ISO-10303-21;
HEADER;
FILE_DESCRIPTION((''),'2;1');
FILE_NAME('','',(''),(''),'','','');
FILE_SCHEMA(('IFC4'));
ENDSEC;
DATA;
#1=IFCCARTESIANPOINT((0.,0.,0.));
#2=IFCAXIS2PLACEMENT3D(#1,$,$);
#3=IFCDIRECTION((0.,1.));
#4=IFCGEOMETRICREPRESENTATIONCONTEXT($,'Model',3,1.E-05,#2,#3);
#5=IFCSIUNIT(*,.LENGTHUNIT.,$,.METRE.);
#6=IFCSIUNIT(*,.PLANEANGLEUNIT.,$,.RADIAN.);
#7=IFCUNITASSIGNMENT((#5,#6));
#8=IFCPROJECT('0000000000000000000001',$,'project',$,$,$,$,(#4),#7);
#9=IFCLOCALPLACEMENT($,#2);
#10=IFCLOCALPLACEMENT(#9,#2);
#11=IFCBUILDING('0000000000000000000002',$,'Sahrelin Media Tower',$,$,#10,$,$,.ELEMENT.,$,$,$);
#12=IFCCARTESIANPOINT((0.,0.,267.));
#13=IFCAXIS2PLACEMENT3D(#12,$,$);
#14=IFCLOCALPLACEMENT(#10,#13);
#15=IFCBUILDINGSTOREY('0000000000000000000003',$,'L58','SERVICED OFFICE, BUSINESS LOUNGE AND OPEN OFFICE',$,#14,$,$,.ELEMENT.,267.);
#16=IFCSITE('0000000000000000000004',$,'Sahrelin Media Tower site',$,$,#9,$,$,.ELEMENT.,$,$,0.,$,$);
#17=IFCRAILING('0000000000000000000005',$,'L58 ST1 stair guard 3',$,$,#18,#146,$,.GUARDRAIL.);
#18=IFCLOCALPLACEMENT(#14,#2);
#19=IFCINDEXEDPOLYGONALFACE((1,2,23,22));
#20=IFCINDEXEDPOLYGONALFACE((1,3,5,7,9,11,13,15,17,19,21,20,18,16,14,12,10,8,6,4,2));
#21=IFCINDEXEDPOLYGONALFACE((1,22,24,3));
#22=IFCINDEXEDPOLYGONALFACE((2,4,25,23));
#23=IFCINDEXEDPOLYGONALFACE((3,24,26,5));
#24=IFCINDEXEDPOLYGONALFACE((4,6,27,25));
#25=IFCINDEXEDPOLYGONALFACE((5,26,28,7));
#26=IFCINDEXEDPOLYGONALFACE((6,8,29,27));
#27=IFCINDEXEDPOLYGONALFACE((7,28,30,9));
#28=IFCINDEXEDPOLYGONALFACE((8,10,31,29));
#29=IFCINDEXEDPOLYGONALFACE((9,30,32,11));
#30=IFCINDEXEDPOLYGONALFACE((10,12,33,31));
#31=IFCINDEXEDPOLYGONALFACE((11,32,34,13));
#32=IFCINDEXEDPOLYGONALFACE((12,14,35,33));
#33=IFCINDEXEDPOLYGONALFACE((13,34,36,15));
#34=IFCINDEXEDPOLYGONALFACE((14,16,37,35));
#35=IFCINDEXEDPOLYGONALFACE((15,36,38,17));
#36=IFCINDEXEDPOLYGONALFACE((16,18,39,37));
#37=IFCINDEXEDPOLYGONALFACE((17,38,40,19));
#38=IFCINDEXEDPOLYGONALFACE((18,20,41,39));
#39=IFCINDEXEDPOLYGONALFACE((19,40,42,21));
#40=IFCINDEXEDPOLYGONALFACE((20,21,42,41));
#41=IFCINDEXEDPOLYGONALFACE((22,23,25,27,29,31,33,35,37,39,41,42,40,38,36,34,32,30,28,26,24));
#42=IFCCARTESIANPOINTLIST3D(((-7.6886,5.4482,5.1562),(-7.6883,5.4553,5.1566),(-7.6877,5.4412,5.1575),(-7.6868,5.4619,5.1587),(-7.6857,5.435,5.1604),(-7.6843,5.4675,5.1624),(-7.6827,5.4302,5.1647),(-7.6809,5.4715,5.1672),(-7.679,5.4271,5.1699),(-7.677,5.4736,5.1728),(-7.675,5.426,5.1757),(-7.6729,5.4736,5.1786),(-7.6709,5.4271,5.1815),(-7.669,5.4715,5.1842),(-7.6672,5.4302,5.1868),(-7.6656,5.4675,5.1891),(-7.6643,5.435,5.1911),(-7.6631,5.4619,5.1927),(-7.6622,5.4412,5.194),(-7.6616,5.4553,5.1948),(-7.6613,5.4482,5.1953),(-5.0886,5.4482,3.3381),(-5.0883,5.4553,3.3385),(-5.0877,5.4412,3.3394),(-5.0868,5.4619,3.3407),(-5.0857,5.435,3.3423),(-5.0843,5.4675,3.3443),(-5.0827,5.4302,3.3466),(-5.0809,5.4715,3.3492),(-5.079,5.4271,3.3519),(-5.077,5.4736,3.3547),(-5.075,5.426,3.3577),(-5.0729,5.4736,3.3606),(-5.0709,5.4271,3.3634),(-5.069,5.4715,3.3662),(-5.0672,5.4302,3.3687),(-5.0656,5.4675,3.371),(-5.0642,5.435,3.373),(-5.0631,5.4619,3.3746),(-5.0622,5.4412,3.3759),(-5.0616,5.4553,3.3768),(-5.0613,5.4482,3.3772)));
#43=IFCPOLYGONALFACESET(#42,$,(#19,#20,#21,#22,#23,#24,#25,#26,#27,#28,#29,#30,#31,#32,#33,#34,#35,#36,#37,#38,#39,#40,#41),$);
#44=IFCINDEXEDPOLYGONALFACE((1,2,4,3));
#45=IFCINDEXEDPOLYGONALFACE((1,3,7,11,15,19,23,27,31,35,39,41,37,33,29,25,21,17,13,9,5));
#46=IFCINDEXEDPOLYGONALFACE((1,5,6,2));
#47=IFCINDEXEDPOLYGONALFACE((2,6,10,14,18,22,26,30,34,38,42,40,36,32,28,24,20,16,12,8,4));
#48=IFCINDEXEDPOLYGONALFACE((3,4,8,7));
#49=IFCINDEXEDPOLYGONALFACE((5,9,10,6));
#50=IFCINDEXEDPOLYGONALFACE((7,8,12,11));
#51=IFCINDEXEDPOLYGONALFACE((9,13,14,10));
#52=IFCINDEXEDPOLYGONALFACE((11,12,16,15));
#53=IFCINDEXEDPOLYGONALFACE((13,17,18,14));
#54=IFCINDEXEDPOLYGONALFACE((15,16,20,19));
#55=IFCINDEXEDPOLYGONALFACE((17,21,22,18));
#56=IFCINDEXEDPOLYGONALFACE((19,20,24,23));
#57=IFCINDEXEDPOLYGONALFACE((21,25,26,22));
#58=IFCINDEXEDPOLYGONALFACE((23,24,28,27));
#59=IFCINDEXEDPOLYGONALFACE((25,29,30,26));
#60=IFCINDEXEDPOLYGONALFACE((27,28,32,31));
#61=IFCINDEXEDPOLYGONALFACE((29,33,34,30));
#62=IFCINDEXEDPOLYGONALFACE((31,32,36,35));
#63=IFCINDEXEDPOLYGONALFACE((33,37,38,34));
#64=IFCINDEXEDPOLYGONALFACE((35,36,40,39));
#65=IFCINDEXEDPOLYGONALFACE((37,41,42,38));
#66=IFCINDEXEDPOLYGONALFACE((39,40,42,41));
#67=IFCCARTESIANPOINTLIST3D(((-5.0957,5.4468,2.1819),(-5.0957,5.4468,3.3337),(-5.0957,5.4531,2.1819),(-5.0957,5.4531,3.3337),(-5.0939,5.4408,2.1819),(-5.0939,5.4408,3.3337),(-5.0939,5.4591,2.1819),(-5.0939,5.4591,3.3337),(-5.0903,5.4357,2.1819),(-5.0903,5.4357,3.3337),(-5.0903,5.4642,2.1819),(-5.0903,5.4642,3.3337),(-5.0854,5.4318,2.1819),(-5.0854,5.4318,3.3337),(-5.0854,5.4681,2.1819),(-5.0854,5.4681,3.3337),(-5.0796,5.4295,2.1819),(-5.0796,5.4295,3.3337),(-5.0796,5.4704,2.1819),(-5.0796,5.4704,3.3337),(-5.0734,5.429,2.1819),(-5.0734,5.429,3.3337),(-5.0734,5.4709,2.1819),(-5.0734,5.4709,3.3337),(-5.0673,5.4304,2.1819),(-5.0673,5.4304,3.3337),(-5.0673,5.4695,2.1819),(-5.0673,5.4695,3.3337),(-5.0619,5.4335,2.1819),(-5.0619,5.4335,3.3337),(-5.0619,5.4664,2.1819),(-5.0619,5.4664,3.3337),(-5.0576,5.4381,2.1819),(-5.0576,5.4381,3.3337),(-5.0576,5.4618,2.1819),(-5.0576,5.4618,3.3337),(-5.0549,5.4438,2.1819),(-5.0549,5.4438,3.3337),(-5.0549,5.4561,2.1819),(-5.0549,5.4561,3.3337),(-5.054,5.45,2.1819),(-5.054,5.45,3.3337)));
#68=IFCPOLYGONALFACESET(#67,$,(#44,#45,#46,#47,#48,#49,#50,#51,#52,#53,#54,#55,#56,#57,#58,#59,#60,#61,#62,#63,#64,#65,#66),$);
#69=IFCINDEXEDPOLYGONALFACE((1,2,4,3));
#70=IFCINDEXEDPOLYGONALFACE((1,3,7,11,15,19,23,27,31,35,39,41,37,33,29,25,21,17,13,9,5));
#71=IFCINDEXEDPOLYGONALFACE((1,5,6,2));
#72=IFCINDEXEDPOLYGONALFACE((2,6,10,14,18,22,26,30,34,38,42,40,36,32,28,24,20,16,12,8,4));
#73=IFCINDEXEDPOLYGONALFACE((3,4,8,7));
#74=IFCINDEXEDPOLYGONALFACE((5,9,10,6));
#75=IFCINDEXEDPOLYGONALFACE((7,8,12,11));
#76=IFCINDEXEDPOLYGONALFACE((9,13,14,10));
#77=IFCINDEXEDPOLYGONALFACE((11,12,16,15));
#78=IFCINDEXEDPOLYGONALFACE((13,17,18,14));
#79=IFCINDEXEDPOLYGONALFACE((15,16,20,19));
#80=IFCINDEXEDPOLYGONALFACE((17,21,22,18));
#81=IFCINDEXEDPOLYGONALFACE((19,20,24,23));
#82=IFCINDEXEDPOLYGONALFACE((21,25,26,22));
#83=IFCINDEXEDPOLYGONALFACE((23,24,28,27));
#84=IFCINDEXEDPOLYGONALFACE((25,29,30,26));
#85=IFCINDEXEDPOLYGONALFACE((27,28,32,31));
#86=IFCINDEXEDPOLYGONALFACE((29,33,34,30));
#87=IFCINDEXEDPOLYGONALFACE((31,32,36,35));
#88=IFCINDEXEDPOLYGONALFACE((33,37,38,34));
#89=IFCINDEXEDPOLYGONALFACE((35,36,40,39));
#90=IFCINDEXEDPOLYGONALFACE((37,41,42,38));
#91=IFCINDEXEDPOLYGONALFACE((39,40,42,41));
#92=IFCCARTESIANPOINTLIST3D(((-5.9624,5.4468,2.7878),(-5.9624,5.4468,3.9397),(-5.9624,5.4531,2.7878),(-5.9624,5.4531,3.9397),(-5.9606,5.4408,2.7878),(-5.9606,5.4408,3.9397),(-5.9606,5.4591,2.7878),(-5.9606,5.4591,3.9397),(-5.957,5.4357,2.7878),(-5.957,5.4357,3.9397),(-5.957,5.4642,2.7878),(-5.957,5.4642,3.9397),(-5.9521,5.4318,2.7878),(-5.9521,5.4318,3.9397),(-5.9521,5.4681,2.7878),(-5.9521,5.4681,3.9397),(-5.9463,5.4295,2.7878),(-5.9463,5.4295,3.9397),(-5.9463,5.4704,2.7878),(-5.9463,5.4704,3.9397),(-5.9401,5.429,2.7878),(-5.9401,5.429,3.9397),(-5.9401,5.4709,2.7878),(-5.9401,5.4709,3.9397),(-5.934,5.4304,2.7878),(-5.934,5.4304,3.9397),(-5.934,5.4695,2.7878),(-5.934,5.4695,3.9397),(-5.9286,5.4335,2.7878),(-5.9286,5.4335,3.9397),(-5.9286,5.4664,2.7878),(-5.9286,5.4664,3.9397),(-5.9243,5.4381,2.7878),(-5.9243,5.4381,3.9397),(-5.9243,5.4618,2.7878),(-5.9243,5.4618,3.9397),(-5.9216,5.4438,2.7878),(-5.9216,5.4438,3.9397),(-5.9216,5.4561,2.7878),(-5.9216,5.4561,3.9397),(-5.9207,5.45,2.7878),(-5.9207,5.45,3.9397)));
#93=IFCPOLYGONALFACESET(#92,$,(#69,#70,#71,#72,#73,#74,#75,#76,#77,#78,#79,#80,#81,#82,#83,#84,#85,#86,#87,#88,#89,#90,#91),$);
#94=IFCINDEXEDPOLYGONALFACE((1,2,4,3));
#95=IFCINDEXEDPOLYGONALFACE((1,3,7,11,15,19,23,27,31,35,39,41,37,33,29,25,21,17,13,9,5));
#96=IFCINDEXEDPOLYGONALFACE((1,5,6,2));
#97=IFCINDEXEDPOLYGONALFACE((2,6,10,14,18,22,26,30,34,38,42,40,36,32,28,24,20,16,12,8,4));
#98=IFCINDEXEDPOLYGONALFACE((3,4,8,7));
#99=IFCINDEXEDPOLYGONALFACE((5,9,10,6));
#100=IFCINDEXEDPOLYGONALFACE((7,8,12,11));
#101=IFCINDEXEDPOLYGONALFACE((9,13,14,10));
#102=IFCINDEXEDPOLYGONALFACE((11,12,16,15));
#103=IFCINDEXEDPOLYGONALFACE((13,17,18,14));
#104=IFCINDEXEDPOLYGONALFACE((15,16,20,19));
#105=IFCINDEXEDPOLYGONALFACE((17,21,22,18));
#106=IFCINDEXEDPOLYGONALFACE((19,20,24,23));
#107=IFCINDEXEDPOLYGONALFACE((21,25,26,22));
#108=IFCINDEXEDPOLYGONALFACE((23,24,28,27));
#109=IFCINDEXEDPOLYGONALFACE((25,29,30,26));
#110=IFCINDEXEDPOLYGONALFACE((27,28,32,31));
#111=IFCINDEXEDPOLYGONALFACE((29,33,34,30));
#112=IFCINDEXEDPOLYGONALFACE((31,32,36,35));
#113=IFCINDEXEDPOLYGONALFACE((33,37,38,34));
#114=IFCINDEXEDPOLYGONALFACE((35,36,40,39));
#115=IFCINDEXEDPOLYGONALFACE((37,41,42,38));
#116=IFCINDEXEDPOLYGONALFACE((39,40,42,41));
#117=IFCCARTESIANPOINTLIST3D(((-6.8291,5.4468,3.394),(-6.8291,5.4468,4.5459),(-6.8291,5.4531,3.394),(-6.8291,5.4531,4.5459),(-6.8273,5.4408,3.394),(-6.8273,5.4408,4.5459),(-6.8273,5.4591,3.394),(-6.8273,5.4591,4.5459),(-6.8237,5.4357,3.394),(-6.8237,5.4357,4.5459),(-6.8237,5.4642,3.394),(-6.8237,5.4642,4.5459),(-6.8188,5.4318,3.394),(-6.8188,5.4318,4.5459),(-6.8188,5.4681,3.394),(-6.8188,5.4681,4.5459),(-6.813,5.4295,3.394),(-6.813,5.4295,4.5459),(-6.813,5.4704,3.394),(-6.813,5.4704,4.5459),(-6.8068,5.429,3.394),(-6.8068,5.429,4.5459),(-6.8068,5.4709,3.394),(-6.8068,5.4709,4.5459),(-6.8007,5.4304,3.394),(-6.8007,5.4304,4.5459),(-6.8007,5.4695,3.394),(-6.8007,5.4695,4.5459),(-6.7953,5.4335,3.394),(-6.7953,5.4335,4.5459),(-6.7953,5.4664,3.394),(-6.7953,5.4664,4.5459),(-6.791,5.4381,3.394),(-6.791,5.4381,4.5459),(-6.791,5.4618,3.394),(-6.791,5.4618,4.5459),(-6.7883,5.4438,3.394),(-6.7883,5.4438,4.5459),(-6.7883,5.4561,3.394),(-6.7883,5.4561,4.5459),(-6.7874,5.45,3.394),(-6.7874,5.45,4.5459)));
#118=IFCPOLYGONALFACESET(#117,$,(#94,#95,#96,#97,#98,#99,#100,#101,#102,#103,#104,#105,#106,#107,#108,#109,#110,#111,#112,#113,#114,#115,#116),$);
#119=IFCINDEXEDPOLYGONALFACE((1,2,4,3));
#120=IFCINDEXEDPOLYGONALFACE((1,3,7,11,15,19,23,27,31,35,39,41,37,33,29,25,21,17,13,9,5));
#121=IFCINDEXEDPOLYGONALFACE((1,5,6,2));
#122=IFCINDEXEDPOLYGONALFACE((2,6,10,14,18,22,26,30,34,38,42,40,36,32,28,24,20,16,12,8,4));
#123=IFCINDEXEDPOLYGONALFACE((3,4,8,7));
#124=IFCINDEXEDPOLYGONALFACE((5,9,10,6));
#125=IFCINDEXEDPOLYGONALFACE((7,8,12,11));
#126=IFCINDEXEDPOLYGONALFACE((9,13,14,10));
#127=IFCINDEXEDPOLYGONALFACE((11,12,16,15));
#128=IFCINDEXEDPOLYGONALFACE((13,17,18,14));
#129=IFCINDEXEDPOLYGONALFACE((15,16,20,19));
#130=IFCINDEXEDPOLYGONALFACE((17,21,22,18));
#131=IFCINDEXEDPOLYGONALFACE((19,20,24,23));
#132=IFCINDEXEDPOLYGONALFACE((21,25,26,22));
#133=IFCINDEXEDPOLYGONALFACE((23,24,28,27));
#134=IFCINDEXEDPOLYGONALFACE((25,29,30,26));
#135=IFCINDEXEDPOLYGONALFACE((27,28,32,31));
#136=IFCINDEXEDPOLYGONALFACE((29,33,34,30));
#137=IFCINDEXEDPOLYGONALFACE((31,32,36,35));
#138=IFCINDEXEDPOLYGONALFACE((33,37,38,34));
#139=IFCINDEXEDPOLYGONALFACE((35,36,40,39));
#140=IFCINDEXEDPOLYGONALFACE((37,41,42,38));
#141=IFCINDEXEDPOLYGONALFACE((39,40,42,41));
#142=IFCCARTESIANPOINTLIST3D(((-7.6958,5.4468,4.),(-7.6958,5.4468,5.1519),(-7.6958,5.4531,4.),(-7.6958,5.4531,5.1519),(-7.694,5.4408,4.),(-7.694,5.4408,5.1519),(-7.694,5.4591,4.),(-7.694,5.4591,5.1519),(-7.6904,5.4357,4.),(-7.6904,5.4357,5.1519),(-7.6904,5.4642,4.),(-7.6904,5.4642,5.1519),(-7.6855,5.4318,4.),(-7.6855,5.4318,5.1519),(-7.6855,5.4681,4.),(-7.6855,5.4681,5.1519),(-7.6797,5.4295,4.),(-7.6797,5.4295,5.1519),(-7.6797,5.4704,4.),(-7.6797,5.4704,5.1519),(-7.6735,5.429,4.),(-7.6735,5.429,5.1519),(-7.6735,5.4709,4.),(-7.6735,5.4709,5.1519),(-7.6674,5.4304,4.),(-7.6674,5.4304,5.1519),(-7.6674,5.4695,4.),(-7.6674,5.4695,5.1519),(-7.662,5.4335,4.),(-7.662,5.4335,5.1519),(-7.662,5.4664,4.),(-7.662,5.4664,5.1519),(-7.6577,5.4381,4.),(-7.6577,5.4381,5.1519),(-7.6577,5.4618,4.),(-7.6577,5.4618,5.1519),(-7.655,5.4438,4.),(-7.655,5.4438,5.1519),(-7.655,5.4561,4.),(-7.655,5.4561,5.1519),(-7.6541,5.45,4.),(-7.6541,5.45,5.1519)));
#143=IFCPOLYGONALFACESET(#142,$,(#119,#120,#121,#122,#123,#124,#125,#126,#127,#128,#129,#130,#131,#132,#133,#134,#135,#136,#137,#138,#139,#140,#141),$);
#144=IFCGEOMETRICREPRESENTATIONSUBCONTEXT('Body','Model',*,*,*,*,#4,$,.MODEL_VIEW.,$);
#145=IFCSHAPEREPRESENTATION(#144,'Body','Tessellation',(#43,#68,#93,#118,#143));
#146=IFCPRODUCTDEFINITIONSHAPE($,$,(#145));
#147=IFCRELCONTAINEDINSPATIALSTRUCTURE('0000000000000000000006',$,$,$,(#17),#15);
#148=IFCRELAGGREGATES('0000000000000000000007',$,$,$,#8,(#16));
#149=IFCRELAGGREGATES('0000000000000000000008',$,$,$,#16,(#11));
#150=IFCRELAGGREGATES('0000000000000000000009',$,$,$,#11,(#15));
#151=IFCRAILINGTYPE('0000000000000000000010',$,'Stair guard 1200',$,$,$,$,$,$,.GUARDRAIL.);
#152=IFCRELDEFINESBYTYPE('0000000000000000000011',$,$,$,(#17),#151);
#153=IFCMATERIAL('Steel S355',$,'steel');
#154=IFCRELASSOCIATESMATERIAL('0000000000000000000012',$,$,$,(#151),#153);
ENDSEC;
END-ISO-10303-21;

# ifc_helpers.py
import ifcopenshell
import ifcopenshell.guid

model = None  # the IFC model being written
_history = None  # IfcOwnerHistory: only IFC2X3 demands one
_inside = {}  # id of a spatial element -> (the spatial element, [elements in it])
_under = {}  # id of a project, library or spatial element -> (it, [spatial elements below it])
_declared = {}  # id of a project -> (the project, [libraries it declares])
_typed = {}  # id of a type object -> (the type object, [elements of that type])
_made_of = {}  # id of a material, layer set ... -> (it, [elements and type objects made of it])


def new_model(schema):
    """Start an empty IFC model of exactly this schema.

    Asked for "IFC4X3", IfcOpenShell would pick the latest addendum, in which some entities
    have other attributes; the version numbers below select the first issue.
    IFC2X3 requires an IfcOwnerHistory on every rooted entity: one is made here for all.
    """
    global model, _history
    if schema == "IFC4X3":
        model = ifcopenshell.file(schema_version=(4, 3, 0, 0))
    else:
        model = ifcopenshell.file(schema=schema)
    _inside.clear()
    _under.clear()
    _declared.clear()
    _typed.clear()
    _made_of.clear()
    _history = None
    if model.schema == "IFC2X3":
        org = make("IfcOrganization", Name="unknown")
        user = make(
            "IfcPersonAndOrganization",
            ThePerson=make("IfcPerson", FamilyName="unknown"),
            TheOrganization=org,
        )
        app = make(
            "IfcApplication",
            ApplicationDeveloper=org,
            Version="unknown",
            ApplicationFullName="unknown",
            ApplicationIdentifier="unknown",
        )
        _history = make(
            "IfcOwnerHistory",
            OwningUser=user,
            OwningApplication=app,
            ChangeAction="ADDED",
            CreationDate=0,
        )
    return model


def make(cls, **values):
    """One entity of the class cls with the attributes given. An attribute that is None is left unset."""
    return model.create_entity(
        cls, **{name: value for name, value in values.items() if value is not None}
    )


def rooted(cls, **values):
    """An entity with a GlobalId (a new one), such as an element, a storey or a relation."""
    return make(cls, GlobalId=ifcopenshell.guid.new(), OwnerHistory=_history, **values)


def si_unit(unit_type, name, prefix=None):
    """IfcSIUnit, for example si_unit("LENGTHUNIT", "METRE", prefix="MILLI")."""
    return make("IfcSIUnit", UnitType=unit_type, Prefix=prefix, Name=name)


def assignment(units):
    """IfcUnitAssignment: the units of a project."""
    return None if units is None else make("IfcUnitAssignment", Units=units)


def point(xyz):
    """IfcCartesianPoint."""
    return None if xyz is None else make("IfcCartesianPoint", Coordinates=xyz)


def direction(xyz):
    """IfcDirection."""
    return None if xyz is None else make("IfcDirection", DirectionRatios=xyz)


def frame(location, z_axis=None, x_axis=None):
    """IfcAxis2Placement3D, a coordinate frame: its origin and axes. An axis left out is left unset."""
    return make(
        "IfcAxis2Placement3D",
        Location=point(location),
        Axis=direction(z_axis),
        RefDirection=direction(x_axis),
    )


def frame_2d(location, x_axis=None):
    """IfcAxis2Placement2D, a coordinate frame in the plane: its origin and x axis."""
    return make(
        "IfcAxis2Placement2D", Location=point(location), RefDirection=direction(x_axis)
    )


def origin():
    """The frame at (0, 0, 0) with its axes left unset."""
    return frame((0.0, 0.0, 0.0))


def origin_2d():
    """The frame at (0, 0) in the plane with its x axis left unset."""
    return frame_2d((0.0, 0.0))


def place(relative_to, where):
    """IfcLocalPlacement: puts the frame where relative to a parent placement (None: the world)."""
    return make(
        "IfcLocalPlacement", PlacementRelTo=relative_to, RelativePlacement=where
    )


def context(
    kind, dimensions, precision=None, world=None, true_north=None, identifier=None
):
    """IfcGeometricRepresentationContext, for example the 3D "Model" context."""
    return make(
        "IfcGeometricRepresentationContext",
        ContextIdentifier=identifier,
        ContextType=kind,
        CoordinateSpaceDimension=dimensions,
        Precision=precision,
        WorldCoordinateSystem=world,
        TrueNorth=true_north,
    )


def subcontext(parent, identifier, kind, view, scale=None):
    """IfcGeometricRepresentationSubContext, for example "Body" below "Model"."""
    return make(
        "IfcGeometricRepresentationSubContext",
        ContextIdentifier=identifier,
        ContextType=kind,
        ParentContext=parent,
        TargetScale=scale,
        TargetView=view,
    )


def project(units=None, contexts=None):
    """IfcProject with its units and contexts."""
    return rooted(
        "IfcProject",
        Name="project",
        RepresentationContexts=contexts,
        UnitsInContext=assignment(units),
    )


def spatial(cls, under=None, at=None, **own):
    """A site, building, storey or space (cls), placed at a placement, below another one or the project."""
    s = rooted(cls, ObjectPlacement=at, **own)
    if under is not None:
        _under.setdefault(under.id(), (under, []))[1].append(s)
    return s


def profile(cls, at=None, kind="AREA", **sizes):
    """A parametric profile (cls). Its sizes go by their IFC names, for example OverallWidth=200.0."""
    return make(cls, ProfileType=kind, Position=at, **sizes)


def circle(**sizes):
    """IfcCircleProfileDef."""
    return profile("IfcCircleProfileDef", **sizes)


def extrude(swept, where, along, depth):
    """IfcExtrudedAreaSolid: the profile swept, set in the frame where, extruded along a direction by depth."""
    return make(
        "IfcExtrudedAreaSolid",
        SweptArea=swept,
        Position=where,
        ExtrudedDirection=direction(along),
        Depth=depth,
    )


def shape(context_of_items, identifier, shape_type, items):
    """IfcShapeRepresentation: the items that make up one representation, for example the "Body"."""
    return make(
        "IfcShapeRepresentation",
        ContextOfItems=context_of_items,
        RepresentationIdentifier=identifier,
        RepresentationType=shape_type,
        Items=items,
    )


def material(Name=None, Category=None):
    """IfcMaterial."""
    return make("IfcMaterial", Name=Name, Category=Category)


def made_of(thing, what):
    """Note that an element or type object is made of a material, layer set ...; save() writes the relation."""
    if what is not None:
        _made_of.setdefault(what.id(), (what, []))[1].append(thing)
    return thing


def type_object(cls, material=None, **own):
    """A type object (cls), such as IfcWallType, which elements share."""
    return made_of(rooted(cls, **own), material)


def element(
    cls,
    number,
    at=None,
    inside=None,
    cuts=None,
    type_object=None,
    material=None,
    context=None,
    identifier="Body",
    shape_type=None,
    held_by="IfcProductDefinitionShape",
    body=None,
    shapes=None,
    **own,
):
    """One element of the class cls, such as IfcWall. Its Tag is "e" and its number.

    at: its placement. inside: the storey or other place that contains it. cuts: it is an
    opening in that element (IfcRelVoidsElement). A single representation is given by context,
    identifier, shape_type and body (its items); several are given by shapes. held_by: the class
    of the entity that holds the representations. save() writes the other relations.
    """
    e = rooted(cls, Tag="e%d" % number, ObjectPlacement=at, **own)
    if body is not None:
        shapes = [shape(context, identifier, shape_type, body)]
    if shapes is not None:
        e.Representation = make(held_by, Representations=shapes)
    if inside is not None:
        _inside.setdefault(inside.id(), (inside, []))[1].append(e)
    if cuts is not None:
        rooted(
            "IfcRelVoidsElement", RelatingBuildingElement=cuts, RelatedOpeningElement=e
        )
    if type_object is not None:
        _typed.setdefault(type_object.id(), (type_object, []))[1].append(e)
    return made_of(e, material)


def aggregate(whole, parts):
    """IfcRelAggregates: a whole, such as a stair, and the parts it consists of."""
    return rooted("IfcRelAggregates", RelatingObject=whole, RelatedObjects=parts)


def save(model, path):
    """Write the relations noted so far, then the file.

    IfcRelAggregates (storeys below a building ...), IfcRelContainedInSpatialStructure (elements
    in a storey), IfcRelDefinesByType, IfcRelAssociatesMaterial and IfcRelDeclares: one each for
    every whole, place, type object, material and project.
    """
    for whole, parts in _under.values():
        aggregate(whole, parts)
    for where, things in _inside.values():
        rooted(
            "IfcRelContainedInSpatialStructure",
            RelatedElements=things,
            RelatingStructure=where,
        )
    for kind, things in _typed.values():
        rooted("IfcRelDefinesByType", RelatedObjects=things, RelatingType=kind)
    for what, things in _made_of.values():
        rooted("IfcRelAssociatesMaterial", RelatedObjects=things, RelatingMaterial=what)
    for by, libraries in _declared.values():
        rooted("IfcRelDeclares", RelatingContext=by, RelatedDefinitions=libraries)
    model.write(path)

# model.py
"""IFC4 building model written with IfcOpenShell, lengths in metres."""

from ifc_helpers import new_model, si_unit, direction, frame, origin, origin_2d, place, context, subcontext, project, spatial, circle, extrude, material, type_object, element, save


model = new_model("IFC4")

# Units and contexts
model_context = context("Model", 3, precision=1e-05, world=origin(), true_north=direction((0.0, 1.0)))
body_context = subcontext(model_context, "Body", "Model", "MODEL_VIEW")
ifc_project = project(units=[si_unit("LENGTHUNIT", "METRE"), si_unit("PLANEANGLEUNIT", "RADIAN")], contexts=[model_context])

# Site, building, storey
site_placement = place(None, origin())
site = spatial("IfcSite", under=ifc_project, at=site_placement, Name="Sahrelin Media Tower site", CompositionType="ELEMENT", RefElevation=0.0)
building_placement = place(site_placement, origin())
building = spatial("IfcBuilding", under=site, at=building_placement, Name="Sahrelin Media Tower", CompositionType="ELEMENT")
storey_placement = place(building_placement, frame((0.0, 0.0, 267.0)))
storey = spatial("IfcBuildingStorey", under=building, at=storey_placement, Name="L58", Description="SERVICED OFFICE, BUSINESS LOUNGE AND OPEN OFFICE", CompositionType="ELEMENT", Elevation=267.0)

# Shared definitions
ifc_material_1 = material(Name="Steel S355", Category="steel")

# Railing
railing_type_1 = type_object("IfcRailingType", Name="Stair guard 1200", PredefinedType="GUARDRAIL", material=ifc_material_1)
railing_1_placement = place(storey_placement, frame((-5.075, 5.45, 2.1819)))
element("IfcRailing", 1, at=railing_1_placement, inside=storey, type_object=railing_type_1, Name="L58 ST1 stair guard 3", PredefinedType="GUARDRAIL", context=body_context, shape_type="SweptSolid", body=[
    extrude(circle(Radius=0.0239, at=origin_2d()), frame((0.0, 0.0, 1.1758), z_axis=(-0.819521, 0.0, 0.573049), x_axis=(0.0, -1.0, 0.0)), (0.0, 0.0, 1.0), 3.1726),
    extrude(circle(Radius=0.021, at=origin_2d()), origin(), (0.0, 0.0, 1.0), 1.1519),
    extrude(circle(Radius=0.021, at=origin_2d()), frame((-0.8667, 0.0, 0.606)), (0.0, 0.0, 1.0), 1.1519),
    extrude(circle(Radius=0.021, at=origin_2d()), frame((-1.7334, 0.0, 1.2122)), (0.0, 0.0, 1.0), 1.1519),
    extrude(circle(Radius=0.021, at=origin_2d()), frame((-2.6001, 0.0, 1.8181)), (0.0, 0.0, 1.0), 1.1519),
])

save(model, "model.ifc")
